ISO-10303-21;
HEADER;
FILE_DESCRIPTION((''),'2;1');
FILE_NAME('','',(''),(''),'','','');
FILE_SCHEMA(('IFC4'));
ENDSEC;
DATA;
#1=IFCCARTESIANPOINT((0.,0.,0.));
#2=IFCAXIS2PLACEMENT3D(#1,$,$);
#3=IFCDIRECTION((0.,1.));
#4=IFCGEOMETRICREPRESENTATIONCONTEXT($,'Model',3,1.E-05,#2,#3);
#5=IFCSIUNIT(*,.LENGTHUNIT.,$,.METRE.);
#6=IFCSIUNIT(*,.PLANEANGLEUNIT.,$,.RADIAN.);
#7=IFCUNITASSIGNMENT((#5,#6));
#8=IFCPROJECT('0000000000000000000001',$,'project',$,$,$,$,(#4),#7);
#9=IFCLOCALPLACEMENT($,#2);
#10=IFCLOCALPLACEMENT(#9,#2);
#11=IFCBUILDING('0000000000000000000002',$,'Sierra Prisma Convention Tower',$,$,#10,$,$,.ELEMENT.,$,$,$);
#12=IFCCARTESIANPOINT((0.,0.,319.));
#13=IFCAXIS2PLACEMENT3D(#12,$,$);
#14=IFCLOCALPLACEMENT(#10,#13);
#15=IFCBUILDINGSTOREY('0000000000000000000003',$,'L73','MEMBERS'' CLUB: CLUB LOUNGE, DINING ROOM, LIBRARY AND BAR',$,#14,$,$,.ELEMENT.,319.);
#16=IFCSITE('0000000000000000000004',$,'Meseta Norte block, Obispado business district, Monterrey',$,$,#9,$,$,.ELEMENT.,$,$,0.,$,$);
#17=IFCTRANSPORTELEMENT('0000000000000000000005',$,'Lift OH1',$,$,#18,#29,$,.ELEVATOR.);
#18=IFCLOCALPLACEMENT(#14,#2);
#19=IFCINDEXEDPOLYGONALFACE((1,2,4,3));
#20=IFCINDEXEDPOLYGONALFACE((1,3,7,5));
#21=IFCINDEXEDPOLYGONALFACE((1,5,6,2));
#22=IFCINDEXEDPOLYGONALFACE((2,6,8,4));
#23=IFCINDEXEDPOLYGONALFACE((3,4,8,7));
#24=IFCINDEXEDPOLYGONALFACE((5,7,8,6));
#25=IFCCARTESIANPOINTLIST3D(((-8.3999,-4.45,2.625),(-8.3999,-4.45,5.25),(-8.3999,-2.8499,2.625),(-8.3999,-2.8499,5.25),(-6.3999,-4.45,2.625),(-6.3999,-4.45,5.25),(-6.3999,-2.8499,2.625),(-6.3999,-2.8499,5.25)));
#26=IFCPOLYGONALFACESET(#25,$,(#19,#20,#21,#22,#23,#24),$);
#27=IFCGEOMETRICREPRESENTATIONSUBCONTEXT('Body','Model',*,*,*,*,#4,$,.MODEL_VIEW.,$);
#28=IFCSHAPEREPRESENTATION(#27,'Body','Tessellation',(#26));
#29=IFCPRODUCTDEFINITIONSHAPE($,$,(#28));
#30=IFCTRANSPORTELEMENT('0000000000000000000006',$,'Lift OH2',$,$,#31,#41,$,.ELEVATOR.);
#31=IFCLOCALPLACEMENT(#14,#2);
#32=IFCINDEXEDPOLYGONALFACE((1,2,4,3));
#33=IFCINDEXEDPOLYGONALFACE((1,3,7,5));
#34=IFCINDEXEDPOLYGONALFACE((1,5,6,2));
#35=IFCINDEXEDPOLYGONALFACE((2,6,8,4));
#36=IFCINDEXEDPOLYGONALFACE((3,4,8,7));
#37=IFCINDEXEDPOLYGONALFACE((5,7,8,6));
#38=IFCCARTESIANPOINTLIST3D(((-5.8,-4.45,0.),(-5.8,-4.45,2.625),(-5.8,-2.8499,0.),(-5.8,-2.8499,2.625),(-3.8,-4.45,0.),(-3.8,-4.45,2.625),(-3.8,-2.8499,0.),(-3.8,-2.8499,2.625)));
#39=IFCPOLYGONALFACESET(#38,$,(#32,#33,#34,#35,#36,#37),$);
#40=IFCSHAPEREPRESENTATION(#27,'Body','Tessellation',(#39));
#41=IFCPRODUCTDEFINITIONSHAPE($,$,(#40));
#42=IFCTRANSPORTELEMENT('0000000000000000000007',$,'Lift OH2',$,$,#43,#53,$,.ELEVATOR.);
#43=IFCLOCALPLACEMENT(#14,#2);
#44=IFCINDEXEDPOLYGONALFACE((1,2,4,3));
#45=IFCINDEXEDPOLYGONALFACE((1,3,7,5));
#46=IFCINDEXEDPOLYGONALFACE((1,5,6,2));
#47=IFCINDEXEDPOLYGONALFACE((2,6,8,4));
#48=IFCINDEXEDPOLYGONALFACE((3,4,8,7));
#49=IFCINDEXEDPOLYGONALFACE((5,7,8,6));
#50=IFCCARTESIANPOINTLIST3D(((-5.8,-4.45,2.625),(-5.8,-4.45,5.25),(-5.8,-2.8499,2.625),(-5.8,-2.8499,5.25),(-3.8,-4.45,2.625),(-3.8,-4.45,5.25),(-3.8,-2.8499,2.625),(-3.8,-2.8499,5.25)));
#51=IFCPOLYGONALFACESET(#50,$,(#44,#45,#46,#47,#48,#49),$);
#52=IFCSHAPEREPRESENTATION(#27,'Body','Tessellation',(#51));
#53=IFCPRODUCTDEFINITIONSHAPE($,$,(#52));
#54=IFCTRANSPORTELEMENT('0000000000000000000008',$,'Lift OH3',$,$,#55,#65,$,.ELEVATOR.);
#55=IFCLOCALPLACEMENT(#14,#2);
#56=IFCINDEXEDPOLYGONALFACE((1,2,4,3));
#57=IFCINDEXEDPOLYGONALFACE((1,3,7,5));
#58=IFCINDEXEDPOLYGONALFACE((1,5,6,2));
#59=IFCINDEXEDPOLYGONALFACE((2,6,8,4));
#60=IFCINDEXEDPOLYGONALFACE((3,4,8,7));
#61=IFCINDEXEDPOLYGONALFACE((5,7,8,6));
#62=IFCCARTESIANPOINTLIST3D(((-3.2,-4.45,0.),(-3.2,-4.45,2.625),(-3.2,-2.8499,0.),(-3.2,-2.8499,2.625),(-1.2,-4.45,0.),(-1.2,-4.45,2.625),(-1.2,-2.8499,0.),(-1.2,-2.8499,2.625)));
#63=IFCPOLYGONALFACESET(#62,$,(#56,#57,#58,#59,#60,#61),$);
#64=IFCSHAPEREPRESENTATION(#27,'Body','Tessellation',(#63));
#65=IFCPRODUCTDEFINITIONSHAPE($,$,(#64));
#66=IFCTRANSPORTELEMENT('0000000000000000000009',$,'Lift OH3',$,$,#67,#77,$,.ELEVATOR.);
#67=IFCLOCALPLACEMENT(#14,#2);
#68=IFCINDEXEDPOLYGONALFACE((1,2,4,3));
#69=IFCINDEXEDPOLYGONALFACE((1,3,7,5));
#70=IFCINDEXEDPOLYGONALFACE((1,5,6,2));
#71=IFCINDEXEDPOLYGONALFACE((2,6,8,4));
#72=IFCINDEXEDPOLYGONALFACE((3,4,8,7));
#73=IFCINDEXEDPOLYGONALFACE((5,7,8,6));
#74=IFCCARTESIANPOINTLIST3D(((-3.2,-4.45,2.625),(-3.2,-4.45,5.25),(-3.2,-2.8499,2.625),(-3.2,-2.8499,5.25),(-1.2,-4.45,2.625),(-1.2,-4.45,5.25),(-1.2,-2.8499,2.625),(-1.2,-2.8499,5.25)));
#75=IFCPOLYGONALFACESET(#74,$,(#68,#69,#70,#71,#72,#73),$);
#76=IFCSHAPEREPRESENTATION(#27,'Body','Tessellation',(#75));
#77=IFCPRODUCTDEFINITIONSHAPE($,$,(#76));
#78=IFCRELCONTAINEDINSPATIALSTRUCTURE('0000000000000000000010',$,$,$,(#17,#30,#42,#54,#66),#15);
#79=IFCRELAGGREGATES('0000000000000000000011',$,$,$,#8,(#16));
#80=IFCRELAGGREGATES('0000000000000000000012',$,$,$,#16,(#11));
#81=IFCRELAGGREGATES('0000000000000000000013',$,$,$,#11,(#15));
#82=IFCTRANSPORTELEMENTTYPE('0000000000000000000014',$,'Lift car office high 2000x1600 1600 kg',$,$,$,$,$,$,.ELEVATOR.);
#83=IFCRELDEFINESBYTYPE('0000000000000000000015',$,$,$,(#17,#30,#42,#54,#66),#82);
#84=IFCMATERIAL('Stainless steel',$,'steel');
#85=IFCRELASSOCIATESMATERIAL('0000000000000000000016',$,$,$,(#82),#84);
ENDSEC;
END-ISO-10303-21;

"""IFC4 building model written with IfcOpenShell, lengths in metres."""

from ifc_helpers import new_model, si_unit, direction, frame, origin, origin_2d, place, context, subcontext, project, spatial, rectangle, extrude, material, type_object, element, save


model = new_model("IFC4")

# Units and contexts
model_context = context("Model", 3, precision=1e-05, world=origin(), true_north=direction((0.0, 1.0)))
body_context = subcontext(model_context, "Body", "Model", "MODEL_VIEW")
ifc_project = project(units=[si_unit("LENGTHUNIT", "METRE"), si_unit("PLANEANGLEUNIT", "RADIAN")], contexts=[model_context])

# Site, building, storey
site_placement = place(None, origin())
site = spatial("IfcSite", under=ifc_project, at=site_placement, Name="Meseta Norte block, Obispado business district, Monterrey", CompositionType="ELEMENT", RefElevation=0.0)
building_placement = place(site_placement, origin())
building = spatial("IfcBuilding", under=site, at=building_placement, Name="Sierra Prisma Convention Tower", CompositionType="ELEMENT")
storey_placement = place(building_placement, frame((0.0, 0.0, 319.0)))
storey = spatial("IfcBuildingStorey", under=building, at=storey_placement, Name="L73", Description="MEMBERS' CLUB: CLUB LOUNGE, DINING ROOM, LIBRARY AND BAR", CompositionType="ELEMENT", Elevation=319.0)

# Transport elements
ifc_material_1 = material(Name="Stainless steel", Category="steel")
transport_element_type = type_object("IfcTransportElementType", Name="Lift car office high 2000x1600 1600 kg", PredefinedType="ELEVATOR", material=ifc_material_1)
for number, where, z_axis, x_axis, name in (
    (1, (-7.3999, -3.6499, 2.625), (0.0, 0.0, 1.0), (1.0, 0.0, 0.0), "Lift OH1"),
    (2, (-4.8, -3.6499, 0.0), (0.0, 0.0, 1.0), (1.0, 0.0, 0.0), "Lift OH2"),
    (3, (-4.8, -3.6499, 2.625), (0.0, 0.0, 1.0), (1.0, 0.0, 0.0), "Lift OH2"),
    (4, (-2.2, -3.6499, 0.0), (0.0, 0.0, 1.0), (1.0, 0.0, 0.0), "Lift OH3"),
    (5, (-2.2, -3.6499, 2.625), (0.0, 0.0, 1.0), (1.0, 0.0, 0.0), "Lift OH3"),
):
    element("IfcTransportElement", number, at=place(storey_placement, frame(where, z_axis=z_axis, x_axis=x_axis)), inside=storey, type_object=transport_element_type, Name=name, PredefinedType="ELEVATOR", context=body_context, shape_type="SweptSolid", body=[
        extrude(rectangle(XDim=2.0, YDim=1.6001, at=origin_2d()), origin(), (0.0, 0.0, 1.0), 2.625),
    ])

save(model, "model.ifc")
